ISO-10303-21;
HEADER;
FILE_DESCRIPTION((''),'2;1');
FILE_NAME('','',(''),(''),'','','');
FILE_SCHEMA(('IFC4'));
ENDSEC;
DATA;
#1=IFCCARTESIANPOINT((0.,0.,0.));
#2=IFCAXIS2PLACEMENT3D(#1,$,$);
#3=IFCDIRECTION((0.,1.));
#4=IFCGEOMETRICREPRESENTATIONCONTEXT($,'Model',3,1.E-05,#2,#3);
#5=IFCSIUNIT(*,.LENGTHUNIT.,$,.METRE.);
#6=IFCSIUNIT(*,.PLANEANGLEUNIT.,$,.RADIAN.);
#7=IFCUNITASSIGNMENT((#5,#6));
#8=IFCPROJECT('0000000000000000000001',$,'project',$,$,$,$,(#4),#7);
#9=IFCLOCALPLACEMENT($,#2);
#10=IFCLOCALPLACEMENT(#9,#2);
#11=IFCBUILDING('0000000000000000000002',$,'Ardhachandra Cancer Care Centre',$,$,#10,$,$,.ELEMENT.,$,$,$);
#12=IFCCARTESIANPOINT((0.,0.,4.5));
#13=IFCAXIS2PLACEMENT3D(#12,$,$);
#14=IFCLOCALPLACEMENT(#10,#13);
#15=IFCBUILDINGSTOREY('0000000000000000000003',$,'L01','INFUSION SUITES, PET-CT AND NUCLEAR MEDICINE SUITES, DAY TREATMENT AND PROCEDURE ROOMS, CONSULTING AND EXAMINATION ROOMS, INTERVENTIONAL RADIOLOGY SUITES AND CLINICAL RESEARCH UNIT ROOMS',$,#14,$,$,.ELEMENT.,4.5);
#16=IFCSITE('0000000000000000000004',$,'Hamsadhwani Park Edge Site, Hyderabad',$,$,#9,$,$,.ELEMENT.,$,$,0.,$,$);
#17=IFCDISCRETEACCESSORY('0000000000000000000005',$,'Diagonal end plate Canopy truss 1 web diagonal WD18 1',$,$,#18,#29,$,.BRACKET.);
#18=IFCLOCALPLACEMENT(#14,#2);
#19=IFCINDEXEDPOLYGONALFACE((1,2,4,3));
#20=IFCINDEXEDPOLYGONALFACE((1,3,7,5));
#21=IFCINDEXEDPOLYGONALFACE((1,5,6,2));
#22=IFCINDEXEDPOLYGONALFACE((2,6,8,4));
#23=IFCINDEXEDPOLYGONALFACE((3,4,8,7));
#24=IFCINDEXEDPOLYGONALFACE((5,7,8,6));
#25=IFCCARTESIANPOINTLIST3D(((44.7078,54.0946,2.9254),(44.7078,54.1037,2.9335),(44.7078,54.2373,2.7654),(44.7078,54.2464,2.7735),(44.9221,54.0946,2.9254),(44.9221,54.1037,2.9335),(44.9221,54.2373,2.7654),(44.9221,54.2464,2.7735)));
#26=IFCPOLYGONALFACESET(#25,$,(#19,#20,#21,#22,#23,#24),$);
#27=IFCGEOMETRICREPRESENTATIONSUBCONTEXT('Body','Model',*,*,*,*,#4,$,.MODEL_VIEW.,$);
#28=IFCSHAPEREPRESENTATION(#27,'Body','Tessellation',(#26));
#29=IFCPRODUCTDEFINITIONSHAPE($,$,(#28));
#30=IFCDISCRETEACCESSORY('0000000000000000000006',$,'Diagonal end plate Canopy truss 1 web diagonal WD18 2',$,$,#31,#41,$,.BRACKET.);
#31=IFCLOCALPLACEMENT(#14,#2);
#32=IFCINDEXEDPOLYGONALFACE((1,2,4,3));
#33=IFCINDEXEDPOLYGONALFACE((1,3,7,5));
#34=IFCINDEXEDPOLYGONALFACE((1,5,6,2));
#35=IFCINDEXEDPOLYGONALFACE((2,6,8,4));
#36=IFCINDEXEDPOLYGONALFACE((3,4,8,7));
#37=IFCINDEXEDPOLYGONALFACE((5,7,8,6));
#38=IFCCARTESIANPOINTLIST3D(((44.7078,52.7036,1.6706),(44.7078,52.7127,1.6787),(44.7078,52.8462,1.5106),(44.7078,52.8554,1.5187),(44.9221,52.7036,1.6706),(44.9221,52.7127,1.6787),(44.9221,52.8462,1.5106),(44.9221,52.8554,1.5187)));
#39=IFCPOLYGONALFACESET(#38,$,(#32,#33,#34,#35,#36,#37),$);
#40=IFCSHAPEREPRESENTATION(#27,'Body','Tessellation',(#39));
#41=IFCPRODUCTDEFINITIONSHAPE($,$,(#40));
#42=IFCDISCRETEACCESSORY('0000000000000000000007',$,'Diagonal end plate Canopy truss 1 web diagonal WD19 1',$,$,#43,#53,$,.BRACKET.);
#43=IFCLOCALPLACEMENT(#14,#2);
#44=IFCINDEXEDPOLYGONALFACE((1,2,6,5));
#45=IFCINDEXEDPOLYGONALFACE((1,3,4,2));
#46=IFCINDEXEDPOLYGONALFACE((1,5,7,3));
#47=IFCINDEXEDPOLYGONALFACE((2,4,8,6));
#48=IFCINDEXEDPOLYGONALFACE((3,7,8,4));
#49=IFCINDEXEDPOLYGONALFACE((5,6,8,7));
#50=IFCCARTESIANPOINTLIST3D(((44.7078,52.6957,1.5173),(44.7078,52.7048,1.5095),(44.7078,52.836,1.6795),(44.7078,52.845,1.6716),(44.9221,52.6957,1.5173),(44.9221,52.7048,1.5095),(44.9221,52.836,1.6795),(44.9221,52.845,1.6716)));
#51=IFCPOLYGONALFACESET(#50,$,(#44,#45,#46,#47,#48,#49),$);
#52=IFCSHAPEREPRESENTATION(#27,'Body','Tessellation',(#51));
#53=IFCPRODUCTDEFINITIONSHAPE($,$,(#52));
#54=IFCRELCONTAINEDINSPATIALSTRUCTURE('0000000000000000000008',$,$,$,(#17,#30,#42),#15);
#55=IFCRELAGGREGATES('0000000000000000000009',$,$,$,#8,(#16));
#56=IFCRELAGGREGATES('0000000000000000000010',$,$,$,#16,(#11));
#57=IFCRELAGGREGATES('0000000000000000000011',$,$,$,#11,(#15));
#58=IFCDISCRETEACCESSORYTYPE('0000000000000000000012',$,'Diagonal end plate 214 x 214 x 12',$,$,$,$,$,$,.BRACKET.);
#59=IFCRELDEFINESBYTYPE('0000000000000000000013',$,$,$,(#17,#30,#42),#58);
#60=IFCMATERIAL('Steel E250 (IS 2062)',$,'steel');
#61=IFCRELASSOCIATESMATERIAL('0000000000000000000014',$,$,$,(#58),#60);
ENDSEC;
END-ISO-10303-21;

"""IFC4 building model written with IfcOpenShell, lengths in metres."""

from ifc_helpers import new_model, si_unit, direction, frame, origin, origin_2d, place, context, subcontext, project, spatial, rectangle, extrude, material, material_profile, profile_set, type_object, element, save


model = new_model("IFC4")

# Units and contexts
model_context = context("Model", 3, precision=1e-05, world=origin(), true_north=direction((0.0, 1.0)))
body_context = subcontext(model_context, "Body", "Model", "MODEL_VIEW")
ifc_project = project(units=[si_unit("LENGTHUNIT", "METRE"), si_unit("PLANEANGLEUNIT", "RADIAN")], contexts=[model_context])

# Site, building, storey
site_placement = place(None, origin())
site = spatial("IfcSite", under=ifc_project, at=site_placement, Name="Hamsadhwani Park Edge Site, Hyderabad", CompositionType="ELEMENT", RefElevation=0.0)
building_placement = place(site_placement, origin())
building = spatial("IfcBuilding", under=site, at=building_placement, Name="Ardhachandra Cancer Care Centre", CompositionType="ELEMENT")
storey_placement = place(building_placement, frame((0.0, 0.0, 4.5)))
storey = spatial("IfcBuildingStorey", under=building, at=storey_placement, Name="L01", Description="INFUSION SUITES, PET-CT AND NUCLEAR MEDICINE SUITES, DAY TREATMENT AND PROCEDURE ROOMS, CONSULTING AND EXAMINATION ROOMS, INTERVENTIONAL RADIOLOGY SUITES AND CLINICAL RESEARCH UNIT ROOMS", CompositionType="ELEMENT", Elevation=4.5)

# Discrete accessories
ifc_material_1 = material(Name="Steel E250 (IS 2062)", Category="steel")
ifc_material_profile_1 = material_profile(ifc_material_1, rectangle(XDim=0.2144, YDim=0.2144, at=origin_2d()), Name="PL 214x214x12")
ifc_profile_set_1 = profile_set([ifc_material_profile_1], Name="Steel E250 (IS 2062)")
discrete_accessory_type = type_object("IfcDiscreteAccessoryType", Name="Diagonal end plate 214 x 214 x 12", PredefinedType="BRACKET", material=ifc_profile_set_1)
for number, where, z_axis, x_axis, name in (
    (1, (44.8149, 54.175, 2.8535), (0.0, -0.746295, -0.665615), (1.0, 0.0, 0.0), "Diagonal end plate Canopy truss 1 web diagonal WD18 1"),
    (2, (44.8149, 52.7749, 1.5906), (0.0, 0.746295, 0.665615), (-1.0, 0.0, 0.0), "Diagonal end plate Canopy truss 1 web diagonal WD18 2"),
):
    element("IfcDiscreteAccessory", number, at=place(storey_placement, frame(where, z_axis=z_axis, x_axis=x_axis)), inside=storey, type_object=discrete_accessory_type, Name=name, PredefinedType="BRACKET", context=body_context, shape_type="SweptSolid", body=[
        extrude(rectangle(XDim=0.2144, YDim=0.2144, at=origin_2d()), origin(), (0.0, 0.0, 1.0), 0.0122),
    ])
discrete_accessory_placement = place(storey_placement, frame((44.8149, 52.7749, 1.5906), z_axis=(0.0, -0.756363, 0.654152), x_axis=(1.0, 0.0, 0.0)))
element("IfcDiscreteAccessory", 3, at=discrete_accessory_placement, inside=storey, type_object=discrete_accessory_type, Name="Diagonal end plate Canopy truss 1 web diagonal WD19 1", PredefinedType="BRACKET", context=body_context, shape_type="SweptSolid", body=[
    extrude(rectangle(XDim=0.2144, YDim=0.2144, at=origin_2d()), origin(), (0.0, 0.0, 1.0), 0.012),
])

save(model, "model.ifc")
